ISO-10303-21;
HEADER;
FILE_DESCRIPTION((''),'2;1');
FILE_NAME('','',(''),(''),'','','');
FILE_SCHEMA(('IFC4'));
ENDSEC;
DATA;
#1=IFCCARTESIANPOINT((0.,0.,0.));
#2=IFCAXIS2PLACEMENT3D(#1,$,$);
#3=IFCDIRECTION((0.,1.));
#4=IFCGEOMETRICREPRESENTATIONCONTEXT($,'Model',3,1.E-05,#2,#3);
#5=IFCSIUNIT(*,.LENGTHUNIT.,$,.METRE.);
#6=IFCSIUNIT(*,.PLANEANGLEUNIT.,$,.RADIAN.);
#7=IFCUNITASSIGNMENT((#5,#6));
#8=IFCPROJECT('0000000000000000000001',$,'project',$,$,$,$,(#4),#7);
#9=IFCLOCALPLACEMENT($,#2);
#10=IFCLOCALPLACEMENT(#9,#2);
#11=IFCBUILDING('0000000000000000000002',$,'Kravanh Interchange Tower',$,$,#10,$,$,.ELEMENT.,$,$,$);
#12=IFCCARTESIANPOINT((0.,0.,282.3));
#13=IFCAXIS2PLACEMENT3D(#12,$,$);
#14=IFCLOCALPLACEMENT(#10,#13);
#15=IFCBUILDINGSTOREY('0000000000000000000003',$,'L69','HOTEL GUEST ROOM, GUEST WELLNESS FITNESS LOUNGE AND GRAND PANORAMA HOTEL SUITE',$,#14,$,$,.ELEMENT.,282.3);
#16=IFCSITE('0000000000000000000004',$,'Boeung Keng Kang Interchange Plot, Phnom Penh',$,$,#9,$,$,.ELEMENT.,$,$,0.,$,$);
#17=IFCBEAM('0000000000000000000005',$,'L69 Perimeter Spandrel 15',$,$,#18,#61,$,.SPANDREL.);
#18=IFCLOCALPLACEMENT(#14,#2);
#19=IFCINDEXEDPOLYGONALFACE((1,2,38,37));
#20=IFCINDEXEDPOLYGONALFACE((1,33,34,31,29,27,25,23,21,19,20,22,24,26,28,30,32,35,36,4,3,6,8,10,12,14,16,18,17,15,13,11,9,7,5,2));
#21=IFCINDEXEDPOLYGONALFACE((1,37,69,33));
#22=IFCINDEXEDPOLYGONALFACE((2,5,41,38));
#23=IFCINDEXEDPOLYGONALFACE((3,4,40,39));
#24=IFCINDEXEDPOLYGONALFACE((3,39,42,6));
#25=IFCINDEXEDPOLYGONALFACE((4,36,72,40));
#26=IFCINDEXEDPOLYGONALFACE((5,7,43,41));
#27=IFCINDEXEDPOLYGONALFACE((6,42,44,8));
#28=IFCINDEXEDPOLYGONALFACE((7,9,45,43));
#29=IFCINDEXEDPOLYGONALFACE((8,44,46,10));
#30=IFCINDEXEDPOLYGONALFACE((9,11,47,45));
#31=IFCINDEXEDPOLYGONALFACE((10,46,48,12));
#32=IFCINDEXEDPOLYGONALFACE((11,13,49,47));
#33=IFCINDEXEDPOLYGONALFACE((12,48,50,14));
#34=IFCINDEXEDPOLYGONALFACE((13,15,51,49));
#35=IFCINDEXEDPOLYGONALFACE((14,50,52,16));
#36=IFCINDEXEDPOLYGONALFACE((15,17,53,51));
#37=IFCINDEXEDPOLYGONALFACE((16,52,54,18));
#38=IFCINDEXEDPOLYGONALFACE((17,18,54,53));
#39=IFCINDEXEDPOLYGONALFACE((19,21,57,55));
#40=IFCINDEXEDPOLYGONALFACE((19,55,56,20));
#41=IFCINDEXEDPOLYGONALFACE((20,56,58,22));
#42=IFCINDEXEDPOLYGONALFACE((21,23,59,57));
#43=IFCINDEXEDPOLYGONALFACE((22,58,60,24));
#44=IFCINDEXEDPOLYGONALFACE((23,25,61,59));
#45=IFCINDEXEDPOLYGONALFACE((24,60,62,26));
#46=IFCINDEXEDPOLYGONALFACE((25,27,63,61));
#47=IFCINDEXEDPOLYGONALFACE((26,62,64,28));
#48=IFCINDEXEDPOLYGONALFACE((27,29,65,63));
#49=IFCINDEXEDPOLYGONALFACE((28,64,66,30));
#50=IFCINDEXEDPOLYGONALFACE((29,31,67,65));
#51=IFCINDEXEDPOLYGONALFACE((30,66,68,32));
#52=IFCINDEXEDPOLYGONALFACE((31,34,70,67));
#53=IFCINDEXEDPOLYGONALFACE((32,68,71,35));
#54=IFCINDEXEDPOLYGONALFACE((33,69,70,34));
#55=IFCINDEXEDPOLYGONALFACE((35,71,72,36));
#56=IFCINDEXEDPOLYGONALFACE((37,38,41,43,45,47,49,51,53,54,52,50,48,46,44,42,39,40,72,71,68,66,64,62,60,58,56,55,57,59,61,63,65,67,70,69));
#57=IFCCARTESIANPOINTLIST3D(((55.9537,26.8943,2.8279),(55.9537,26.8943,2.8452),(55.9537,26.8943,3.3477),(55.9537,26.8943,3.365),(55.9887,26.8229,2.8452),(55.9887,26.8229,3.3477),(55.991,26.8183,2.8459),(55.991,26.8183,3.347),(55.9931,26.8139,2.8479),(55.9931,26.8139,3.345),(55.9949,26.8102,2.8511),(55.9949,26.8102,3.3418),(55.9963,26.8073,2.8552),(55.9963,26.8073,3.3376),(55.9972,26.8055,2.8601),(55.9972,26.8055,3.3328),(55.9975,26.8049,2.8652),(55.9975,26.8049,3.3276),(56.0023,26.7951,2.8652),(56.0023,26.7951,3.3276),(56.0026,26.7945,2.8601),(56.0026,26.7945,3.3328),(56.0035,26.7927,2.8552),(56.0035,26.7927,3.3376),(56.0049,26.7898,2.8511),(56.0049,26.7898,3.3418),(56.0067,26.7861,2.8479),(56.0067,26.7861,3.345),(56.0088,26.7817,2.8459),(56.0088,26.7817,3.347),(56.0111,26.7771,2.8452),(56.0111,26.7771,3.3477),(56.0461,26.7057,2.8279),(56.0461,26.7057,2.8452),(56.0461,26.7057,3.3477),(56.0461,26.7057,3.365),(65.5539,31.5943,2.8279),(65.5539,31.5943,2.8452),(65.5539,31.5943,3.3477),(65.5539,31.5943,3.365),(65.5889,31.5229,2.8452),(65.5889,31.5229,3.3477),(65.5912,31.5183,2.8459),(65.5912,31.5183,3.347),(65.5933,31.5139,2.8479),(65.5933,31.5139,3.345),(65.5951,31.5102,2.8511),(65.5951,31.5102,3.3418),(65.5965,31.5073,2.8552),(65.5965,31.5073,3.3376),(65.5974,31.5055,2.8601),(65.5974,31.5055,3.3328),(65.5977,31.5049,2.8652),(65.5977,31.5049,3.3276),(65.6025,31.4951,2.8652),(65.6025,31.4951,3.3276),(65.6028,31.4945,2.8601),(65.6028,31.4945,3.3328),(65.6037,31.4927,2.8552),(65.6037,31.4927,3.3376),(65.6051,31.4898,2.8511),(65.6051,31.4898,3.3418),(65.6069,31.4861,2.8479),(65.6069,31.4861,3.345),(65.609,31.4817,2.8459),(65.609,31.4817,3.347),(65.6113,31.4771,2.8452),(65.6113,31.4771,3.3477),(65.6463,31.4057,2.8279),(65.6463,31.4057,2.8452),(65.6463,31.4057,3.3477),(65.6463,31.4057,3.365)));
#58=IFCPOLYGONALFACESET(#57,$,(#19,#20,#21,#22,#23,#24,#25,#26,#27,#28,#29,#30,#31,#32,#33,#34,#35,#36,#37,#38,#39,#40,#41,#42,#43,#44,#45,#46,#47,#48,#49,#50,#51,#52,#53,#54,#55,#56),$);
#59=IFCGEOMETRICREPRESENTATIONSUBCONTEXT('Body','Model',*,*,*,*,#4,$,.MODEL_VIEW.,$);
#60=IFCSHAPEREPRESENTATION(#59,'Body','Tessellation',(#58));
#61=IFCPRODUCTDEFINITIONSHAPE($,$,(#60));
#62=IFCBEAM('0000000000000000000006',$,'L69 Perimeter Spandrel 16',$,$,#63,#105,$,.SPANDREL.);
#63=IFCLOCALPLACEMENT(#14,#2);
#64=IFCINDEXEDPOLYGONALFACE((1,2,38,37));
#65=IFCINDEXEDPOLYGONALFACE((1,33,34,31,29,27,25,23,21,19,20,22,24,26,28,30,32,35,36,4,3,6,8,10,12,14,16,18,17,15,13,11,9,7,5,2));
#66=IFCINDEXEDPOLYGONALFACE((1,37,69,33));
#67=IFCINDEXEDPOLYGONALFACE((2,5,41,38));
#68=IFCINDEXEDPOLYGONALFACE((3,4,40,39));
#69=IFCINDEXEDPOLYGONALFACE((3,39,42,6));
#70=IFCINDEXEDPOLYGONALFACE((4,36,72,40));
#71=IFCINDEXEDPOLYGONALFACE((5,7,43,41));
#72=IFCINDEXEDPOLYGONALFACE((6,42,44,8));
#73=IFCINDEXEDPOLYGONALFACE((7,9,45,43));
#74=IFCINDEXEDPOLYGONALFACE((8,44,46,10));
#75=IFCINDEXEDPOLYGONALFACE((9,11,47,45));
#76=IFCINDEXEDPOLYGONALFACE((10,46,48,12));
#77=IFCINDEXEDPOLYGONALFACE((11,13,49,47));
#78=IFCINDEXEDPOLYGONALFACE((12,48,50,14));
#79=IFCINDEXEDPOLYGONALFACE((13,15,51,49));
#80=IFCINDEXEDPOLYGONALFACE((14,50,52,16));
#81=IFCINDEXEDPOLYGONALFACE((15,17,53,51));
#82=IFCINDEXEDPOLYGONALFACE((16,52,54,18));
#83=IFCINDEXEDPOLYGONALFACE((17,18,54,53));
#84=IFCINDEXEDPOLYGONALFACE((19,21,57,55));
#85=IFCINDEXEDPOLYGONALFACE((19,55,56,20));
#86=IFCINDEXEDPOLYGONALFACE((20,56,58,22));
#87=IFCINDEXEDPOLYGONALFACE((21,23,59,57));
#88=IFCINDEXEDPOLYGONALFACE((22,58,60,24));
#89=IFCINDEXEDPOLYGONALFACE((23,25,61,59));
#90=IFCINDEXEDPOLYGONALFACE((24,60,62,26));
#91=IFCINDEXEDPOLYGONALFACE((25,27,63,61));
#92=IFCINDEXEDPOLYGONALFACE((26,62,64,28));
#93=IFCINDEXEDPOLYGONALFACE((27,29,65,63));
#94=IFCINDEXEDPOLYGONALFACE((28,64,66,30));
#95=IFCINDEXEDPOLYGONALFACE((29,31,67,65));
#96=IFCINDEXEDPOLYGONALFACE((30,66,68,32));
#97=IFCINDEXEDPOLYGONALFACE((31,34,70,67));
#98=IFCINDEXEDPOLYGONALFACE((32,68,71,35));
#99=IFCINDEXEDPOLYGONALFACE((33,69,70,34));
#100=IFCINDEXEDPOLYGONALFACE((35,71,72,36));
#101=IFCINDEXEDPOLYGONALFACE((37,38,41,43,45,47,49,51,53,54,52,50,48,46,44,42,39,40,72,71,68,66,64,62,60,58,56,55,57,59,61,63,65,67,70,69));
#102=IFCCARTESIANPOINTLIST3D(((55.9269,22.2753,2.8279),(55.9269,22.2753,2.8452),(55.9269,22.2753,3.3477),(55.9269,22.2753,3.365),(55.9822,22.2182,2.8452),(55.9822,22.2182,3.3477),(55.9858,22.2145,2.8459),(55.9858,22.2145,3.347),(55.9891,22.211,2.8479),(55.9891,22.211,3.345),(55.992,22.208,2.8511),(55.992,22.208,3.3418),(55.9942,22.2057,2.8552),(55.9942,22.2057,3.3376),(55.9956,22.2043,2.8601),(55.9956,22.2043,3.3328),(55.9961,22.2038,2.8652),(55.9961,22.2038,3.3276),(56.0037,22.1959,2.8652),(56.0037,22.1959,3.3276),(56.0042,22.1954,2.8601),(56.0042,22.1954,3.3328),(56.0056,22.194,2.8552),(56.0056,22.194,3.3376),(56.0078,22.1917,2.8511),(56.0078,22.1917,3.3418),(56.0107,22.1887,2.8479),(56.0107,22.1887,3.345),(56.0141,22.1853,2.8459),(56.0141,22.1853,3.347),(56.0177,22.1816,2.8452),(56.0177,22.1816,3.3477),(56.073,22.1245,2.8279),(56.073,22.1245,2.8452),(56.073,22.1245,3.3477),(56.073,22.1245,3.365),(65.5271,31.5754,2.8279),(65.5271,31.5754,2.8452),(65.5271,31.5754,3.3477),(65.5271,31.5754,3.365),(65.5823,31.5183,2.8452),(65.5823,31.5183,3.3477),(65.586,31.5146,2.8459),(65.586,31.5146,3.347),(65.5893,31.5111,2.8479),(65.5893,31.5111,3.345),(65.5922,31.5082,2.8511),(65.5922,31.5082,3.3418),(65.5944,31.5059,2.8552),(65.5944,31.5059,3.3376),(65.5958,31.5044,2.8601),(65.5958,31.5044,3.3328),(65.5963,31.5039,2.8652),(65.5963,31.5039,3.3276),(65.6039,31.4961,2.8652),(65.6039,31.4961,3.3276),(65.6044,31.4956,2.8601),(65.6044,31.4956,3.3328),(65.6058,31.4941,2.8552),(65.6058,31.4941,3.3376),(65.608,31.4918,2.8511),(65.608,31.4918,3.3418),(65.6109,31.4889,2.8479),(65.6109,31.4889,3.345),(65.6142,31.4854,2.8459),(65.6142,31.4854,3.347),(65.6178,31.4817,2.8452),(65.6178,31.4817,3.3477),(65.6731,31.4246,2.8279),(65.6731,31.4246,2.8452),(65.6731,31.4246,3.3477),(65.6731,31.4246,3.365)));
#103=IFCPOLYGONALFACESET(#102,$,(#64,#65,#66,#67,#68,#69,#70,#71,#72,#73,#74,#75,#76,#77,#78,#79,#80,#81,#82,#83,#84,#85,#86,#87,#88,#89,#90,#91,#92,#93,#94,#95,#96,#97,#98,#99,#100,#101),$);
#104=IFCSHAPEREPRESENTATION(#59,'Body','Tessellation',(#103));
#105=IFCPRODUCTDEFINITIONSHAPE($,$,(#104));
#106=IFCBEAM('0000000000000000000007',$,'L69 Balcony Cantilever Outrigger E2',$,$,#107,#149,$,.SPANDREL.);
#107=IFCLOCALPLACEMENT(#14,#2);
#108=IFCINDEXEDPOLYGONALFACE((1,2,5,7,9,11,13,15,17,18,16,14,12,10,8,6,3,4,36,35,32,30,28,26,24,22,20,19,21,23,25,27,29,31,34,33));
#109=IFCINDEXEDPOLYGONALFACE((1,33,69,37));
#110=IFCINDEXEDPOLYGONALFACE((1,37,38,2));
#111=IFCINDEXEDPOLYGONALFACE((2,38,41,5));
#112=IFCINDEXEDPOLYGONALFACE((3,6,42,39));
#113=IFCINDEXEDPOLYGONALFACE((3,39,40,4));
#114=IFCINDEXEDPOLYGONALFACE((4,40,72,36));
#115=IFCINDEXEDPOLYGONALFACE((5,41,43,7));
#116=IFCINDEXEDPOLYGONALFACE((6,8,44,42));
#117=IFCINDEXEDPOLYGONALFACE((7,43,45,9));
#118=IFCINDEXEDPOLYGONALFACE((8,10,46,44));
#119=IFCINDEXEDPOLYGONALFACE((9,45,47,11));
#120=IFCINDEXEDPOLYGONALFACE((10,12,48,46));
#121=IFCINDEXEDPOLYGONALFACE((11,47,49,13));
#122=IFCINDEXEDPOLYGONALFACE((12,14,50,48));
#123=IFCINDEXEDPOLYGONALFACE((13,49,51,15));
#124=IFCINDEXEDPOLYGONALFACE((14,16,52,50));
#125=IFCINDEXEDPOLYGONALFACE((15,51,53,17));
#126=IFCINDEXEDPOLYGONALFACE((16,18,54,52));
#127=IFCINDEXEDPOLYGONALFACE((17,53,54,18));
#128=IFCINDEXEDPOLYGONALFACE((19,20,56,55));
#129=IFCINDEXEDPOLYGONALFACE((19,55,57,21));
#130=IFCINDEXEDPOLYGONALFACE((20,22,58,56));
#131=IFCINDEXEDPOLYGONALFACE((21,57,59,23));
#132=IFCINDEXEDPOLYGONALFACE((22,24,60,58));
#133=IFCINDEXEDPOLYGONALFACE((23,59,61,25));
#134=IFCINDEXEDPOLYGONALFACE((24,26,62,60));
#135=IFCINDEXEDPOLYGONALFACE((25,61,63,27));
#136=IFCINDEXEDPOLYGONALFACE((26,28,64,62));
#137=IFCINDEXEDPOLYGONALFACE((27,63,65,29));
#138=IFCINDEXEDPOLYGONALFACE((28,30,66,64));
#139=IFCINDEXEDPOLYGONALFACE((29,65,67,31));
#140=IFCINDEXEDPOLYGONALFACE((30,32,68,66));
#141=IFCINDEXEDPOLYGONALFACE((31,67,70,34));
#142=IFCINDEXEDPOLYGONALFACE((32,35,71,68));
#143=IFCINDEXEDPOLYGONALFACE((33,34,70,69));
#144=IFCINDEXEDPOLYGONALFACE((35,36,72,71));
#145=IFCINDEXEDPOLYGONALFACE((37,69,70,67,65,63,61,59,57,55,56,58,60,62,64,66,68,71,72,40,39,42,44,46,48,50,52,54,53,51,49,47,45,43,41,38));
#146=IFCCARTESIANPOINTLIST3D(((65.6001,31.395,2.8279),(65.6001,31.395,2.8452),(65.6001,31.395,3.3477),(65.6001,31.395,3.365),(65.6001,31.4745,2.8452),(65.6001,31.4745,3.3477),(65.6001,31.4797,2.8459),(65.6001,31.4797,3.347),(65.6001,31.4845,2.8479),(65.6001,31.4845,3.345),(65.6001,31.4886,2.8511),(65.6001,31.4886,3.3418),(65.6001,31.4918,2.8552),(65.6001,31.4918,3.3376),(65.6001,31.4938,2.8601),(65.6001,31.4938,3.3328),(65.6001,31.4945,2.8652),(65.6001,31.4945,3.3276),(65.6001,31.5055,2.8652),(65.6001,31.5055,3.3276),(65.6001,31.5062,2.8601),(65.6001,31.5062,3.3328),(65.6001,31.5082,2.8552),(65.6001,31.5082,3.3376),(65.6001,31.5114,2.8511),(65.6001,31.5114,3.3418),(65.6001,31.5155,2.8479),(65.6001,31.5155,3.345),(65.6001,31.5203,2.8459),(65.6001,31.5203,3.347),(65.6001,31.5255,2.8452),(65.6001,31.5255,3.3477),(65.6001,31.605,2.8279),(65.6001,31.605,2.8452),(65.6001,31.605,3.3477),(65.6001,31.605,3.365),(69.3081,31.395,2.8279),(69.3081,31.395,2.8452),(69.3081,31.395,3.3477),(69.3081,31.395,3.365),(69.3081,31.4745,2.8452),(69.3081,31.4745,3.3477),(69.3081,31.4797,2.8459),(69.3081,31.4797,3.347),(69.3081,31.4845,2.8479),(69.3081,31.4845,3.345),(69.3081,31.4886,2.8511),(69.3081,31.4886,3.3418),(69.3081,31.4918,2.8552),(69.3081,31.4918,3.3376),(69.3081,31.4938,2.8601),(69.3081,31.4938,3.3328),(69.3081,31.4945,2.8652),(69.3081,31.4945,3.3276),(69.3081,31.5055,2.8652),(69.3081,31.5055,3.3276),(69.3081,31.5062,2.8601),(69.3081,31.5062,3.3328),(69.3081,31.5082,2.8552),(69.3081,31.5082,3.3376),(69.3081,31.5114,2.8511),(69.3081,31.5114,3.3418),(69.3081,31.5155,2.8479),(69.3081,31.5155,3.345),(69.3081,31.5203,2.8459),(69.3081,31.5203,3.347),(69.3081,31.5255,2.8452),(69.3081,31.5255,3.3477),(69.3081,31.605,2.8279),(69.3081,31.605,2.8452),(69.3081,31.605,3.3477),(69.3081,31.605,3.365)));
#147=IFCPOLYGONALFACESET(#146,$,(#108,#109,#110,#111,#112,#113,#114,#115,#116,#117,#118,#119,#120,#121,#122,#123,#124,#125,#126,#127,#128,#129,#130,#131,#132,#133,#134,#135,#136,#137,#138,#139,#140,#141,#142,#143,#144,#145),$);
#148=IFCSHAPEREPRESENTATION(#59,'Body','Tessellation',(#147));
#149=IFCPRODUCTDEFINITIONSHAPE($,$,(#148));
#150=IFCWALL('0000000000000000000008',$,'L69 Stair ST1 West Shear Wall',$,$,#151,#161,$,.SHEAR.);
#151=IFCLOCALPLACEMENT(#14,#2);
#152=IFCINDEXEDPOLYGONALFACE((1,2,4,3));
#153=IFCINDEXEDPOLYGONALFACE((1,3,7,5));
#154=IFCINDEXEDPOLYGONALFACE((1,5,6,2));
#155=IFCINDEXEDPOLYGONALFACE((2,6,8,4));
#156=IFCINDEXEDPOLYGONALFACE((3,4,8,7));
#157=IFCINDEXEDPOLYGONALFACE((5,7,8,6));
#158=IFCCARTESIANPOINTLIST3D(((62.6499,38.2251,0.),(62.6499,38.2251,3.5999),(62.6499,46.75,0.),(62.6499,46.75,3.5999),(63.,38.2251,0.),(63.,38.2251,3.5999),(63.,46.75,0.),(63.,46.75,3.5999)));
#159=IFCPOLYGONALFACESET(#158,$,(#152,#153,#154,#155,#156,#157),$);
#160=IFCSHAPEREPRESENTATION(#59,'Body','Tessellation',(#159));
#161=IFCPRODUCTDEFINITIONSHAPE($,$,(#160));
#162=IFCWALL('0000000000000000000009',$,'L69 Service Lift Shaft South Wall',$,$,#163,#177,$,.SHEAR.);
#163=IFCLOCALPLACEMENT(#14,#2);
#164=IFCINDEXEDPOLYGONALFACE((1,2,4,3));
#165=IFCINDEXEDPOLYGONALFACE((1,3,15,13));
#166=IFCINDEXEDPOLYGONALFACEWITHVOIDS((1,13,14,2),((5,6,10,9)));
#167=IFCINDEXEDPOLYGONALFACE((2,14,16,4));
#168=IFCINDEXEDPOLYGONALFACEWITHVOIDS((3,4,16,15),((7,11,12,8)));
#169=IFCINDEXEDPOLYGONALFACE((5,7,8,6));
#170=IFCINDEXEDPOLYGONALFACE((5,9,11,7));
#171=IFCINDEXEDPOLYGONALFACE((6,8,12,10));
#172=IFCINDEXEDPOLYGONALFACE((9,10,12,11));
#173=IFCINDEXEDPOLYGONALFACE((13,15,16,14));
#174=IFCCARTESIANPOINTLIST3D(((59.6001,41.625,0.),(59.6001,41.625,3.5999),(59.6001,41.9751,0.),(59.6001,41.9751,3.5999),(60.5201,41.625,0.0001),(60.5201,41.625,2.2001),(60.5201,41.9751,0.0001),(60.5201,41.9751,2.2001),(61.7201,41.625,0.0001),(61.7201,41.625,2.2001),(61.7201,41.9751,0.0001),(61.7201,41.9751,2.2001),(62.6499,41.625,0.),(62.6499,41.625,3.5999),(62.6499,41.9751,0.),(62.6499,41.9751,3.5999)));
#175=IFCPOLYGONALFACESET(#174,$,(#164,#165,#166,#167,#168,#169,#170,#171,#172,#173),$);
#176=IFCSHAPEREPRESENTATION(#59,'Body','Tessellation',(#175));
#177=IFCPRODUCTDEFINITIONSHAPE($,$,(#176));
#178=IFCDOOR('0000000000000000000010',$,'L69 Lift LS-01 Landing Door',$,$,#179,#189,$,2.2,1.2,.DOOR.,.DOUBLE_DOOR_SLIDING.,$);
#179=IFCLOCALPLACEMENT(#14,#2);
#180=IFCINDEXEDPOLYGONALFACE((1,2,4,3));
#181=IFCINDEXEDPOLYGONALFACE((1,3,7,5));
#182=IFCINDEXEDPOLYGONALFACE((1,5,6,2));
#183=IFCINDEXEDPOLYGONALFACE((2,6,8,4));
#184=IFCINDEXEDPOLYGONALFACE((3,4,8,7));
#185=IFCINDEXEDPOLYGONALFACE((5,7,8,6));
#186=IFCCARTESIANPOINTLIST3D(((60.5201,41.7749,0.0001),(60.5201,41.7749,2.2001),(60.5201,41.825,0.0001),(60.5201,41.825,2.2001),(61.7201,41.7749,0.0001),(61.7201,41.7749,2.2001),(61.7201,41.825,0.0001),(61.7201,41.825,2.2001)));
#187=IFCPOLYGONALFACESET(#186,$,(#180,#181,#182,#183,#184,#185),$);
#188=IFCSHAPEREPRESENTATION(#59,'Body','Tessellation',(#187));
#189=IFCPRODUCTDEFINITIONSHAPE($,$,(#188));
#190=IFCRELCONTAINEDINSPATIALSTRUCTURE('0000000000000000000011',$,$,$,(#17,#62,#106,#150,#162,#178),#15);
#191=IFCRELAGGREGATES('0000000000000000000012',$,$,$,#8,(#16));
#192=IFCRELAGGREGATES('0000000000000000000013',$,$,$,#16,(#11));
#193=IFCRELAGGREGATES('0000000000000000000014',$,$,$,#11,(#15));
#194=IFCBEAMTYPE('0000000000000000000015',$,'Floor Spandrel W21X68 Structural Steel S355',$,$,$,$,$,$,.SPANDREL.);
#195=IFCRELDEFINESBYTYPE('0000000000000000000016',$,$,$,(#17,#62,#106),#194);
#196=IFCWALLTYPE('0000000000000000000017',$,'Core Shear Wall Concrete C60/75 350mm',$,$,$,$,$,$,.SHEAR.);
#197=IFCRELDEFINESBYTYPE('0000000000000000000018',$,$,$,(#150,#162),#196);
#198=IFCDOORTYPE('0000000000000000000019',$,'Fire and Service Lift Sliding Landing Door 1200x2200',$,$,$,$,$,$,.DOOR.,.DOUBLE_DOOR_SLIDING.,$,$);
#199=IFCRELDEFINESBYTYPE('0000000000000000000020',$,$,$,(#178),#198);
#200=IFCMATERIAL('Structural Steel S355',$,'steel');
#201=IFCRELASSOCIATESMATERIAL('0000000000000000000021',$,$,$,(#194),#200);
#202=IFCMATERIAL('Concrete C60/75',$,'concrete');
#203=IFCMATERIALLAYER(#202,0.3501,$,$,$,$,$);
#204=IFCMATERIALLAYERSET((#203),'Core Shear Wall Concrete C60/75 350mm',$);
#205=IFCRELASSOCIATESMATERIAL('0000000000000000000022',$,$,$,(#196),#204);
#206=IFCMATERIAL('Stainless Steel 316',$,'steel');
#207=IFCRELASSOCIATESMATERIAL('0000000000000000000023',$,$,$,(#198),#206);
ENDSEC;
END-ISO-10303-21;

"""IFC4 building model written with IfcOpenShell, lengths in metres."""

from ifc_helpers import new_model, si_unit, direction, frame, frame_2d, origin, origin_2d, place, context, subcontext, project, spatial, rectangle, i_section, extrude, material, layer, layer_set, material_profile, profile_set, type_object, element, fill, save


model = new_model("IFC4")

# Units and contexts
model_context = context("Model", 3, precision=1e-05, world=origin(), true_north=direction((0.0, 1.0)))
body_context = subcontext(model_context, "Body", "Model", "MODEL_VIEW")
ifc_project = project(units=[si_unit("LENGTHUNIT", "METRE"), si_unit("PLANEANGLEUNIT", "RADIAN")], contexts=[model_context])

# Site, building, storey
site_placement = place(None, origin())
site = spatial("IfcSite", under=ifc_project, at=site_placement, Name="Boeung Keng Kang Interchange Plot, Phnom Penh", CompositionType="ELEMENT", RefElevation=0.0)
building_placement = place(site_placement, origin())
building = spatial("IfcBuilding", under=site, at=building_placement, Name="Kravanh Interchange Tower", CompositionType="ELEMENT")
storey_placement = place(building_placement, frame((0.0, 0.0, 282.3)))
storey = spatial("IfcBuildingStorey", under=building, at=storey_placement, Name="L69", Description="HOTEL GUEST ROOM, GUEST WELLNESS FITNESS LOUNGE AND GRAND PANORAMA HOTEL SUITE", CompositionType="ELEMENT", Elevation=282.3)

# Beams
ifc_material_1 = material(Name="Structural Steel S355", Category="steel")
ifc_material_profile_1 = material_profile(ifc_material_1, i_section(OverallWidth=0.21, OverallDepth=0.5371, WebThickness=0.011, FlangeThickness=0.0173, FilletRadius=0.02, at=origin_2d()), Name="W21X68")
ifc_profile_set_1 = profile_set([ifc_material_profile_1], Name="Structural Steel S355")
beam_type_1 = type_object("IfcBeamType", Name="Floor Spandrel W21X68 Structural Steel S355", PredefinedType="SPANDREL", material=ifc_profile_set_1)
beam_1_placement = place(storey_placement, frame((65.6001, 31.5, 3.0964), z_axis=(-0.898142, -0.439706, 0.0), x_axis=(0.439706, -0.898142, 0.0)))
element("IfcBeam", 1, at=beam_1_placement, inside=storey, type_object=beam_type_1, Name="L69 Perimeter Spandrel 15", PredefinedType="SPANDREL", context=body_context, shape_type="SweptSolid", body=[
    extrude(i_section(OverallWidth=0.21, OverallDepth=0.5371, WebThickness=0.011, FlangeThickness=0.0173, FilletRadius=0.02, at=origin_2d()), origin(), (0.0, 0.0, 1.0), 10.689),
])
beam_2_placement = place(storey_placement, frame((65.6001, 31.5, 3.0964), z_axis=(-0.718242, -0.695793, 0.0), x_axis=(0.695793, -0.718242, 0.0)))
element("IfcBeam", 2, at=beam_2_placement, inside=storey, type_object=beam_type_1, Name="L69 Perimeter Spandrel 16", PredefinedType="SPANDREL", context=body_context, shape_type="SweptSolid", body=[
    extrude(i_section(OverallWidth=0.21, OverallDepth=0.5371, WebThickness=0.011, FlangeThickness=0.0173, FilletRadius=0.02, at=origin_2d()), origin(), (0.0, 0.0, 1.0), 13.3662),
])
beam_3_placement = place(storey_placement, frame((65.6001, 31.5, 3.0964), z_axis=(1.0, 0.0, 0.0), x_axis=(0.0, 1.0, 0.0)))
element("IfcBeam", 3, at=beam_3_placement, inside=storey, type_object=beam_type_1, Name="L69 Balcony Cantilever Outrigger E2", PredefinedType="SPANDREL", context=body_context, shape_type="SweptSolid", body=[
    extrude(i_section(OverallWidth=0.21, OverallDepth=0.5371, WebThickness=0.011, FlangeThickness=0.0173, FilletRadius=0.02, at=origin_2d()), origin(), (0.0, 0.0, 1.0), 3.708),
])

# Wall
ifc_material_2 = material(Name="Concrete C60/75", Category="concrete")
ifc_layer_1 = layer(ifc_material_2, 0.3501)
ifc_layer_set_1 = layer_set([ifc_layer_1], Name="Core Shear Wall Concrete C60/75 350mm")
wall_type_1 = type_object("IfcWallType", Name="Core Shear Wall Concrete C60/75 350mm", PredefinedType="SHEAR", material=ifc_layer_set_1)
wall_1_placement = place(storey_placement, frame((62.825, 38.2251, 0.0), z_axis=(0.0, 0.0, 1.0), x_axis=(0.0, 1.0, 0.0)))
element("IfcWall", 4, at=wall_1_placement, inside=storey, type_object=wall_type_1, Name="L69 Stair ST1 West Shear Wall", PredefinedType="SHEAR", context=body_context, shape_type="SweptSolid", body=[
    extrude(rectangle(XDim=8.5249, YDim=0.3501, at=frame_2d((4.2625, 0.0))), origin(), (0.0, 0.0, 1.0), 3.5999),
])

# Wall, opening, door
wall_2_placement = place(storey_placement, frame((59.6001, 41.8, 0.0), z_axis=(0.0, 0.0, 1.0), x_axis=(1.0, 0.0, 0.0)))
wall_2 = element("IfcWall", 5, at=wall_2_placement, inside=storey, type_object=wall_type_1, Name="L69 Service Lift Shaft South Wall", PredefinedType="SHEAR", context=body_context, shape_type="SweptSolid", body=[
    extrude(rectangle(XDim=3.0498, YDim=0.3501, at=frame_2d((1.5249, 0.0))), origin(), (0.0, 0.0, 1.0), 3.5999),
])
opening_1_placement = place(wall_2_placement, frame((0.9199, 0.0, 0.0)))
opening_1 = element("IfcOpeningElement", 6, at=opening_1_placement, cuts=wall_2, PredefinedType="OPENING", context=body_context, shape_type="SweptSolid", body=[
    extrude(rectangle(XDim=1.2, YDim=2.2, at=frame_2d((0.6001, 1.1001))), frame((0.0, 0.1851, 0.0), z_axis=(0.0, -1.0, 0.0), x_axis=(1.0, 0.0, 0.0)), (0.0, 0.0, 1.0), 0.3701),
])
ifc_material_3 = material(Name="Stainless Steel 316", Category="steel")
door_type_1 = type_object("IfcDoorType", Name="Fire and Service Lift Sliding Landing Door 1200x2200", OperationType="DOUBLE_DOOR_SLIDING", PredefinedType="DOOR", material=ifc_material_3)
door_1_placement = place(opening_1_placement, origin())
door_1 = element("IfcDoor", 7, at=door_1_placement, inside=storey, type_object=door_type_1, Name="L69 Lift LS-01 Landing Door", OperationType="DOUBLE_DOOR_SLIDING", OverallHeight=2.2, OverallWidth=1.2, PredefinedType="DOOR", context=body_context, shape_type="SweptSolid", body=[
    extrude(rectangle(XDim=1.2, YDim=2.2, at=frame_2d((0.6001, 1.1001))), frame((0.0, 0.0249, 0.0), z_axis=(0.0, -1.0, 0.0), x_axis=(1.0, 0.0, 0.0)), (0.0, 0.0, 1.0), 0.05),
])
fill(opening_1, door_1)

save(model, "model.ifc")
